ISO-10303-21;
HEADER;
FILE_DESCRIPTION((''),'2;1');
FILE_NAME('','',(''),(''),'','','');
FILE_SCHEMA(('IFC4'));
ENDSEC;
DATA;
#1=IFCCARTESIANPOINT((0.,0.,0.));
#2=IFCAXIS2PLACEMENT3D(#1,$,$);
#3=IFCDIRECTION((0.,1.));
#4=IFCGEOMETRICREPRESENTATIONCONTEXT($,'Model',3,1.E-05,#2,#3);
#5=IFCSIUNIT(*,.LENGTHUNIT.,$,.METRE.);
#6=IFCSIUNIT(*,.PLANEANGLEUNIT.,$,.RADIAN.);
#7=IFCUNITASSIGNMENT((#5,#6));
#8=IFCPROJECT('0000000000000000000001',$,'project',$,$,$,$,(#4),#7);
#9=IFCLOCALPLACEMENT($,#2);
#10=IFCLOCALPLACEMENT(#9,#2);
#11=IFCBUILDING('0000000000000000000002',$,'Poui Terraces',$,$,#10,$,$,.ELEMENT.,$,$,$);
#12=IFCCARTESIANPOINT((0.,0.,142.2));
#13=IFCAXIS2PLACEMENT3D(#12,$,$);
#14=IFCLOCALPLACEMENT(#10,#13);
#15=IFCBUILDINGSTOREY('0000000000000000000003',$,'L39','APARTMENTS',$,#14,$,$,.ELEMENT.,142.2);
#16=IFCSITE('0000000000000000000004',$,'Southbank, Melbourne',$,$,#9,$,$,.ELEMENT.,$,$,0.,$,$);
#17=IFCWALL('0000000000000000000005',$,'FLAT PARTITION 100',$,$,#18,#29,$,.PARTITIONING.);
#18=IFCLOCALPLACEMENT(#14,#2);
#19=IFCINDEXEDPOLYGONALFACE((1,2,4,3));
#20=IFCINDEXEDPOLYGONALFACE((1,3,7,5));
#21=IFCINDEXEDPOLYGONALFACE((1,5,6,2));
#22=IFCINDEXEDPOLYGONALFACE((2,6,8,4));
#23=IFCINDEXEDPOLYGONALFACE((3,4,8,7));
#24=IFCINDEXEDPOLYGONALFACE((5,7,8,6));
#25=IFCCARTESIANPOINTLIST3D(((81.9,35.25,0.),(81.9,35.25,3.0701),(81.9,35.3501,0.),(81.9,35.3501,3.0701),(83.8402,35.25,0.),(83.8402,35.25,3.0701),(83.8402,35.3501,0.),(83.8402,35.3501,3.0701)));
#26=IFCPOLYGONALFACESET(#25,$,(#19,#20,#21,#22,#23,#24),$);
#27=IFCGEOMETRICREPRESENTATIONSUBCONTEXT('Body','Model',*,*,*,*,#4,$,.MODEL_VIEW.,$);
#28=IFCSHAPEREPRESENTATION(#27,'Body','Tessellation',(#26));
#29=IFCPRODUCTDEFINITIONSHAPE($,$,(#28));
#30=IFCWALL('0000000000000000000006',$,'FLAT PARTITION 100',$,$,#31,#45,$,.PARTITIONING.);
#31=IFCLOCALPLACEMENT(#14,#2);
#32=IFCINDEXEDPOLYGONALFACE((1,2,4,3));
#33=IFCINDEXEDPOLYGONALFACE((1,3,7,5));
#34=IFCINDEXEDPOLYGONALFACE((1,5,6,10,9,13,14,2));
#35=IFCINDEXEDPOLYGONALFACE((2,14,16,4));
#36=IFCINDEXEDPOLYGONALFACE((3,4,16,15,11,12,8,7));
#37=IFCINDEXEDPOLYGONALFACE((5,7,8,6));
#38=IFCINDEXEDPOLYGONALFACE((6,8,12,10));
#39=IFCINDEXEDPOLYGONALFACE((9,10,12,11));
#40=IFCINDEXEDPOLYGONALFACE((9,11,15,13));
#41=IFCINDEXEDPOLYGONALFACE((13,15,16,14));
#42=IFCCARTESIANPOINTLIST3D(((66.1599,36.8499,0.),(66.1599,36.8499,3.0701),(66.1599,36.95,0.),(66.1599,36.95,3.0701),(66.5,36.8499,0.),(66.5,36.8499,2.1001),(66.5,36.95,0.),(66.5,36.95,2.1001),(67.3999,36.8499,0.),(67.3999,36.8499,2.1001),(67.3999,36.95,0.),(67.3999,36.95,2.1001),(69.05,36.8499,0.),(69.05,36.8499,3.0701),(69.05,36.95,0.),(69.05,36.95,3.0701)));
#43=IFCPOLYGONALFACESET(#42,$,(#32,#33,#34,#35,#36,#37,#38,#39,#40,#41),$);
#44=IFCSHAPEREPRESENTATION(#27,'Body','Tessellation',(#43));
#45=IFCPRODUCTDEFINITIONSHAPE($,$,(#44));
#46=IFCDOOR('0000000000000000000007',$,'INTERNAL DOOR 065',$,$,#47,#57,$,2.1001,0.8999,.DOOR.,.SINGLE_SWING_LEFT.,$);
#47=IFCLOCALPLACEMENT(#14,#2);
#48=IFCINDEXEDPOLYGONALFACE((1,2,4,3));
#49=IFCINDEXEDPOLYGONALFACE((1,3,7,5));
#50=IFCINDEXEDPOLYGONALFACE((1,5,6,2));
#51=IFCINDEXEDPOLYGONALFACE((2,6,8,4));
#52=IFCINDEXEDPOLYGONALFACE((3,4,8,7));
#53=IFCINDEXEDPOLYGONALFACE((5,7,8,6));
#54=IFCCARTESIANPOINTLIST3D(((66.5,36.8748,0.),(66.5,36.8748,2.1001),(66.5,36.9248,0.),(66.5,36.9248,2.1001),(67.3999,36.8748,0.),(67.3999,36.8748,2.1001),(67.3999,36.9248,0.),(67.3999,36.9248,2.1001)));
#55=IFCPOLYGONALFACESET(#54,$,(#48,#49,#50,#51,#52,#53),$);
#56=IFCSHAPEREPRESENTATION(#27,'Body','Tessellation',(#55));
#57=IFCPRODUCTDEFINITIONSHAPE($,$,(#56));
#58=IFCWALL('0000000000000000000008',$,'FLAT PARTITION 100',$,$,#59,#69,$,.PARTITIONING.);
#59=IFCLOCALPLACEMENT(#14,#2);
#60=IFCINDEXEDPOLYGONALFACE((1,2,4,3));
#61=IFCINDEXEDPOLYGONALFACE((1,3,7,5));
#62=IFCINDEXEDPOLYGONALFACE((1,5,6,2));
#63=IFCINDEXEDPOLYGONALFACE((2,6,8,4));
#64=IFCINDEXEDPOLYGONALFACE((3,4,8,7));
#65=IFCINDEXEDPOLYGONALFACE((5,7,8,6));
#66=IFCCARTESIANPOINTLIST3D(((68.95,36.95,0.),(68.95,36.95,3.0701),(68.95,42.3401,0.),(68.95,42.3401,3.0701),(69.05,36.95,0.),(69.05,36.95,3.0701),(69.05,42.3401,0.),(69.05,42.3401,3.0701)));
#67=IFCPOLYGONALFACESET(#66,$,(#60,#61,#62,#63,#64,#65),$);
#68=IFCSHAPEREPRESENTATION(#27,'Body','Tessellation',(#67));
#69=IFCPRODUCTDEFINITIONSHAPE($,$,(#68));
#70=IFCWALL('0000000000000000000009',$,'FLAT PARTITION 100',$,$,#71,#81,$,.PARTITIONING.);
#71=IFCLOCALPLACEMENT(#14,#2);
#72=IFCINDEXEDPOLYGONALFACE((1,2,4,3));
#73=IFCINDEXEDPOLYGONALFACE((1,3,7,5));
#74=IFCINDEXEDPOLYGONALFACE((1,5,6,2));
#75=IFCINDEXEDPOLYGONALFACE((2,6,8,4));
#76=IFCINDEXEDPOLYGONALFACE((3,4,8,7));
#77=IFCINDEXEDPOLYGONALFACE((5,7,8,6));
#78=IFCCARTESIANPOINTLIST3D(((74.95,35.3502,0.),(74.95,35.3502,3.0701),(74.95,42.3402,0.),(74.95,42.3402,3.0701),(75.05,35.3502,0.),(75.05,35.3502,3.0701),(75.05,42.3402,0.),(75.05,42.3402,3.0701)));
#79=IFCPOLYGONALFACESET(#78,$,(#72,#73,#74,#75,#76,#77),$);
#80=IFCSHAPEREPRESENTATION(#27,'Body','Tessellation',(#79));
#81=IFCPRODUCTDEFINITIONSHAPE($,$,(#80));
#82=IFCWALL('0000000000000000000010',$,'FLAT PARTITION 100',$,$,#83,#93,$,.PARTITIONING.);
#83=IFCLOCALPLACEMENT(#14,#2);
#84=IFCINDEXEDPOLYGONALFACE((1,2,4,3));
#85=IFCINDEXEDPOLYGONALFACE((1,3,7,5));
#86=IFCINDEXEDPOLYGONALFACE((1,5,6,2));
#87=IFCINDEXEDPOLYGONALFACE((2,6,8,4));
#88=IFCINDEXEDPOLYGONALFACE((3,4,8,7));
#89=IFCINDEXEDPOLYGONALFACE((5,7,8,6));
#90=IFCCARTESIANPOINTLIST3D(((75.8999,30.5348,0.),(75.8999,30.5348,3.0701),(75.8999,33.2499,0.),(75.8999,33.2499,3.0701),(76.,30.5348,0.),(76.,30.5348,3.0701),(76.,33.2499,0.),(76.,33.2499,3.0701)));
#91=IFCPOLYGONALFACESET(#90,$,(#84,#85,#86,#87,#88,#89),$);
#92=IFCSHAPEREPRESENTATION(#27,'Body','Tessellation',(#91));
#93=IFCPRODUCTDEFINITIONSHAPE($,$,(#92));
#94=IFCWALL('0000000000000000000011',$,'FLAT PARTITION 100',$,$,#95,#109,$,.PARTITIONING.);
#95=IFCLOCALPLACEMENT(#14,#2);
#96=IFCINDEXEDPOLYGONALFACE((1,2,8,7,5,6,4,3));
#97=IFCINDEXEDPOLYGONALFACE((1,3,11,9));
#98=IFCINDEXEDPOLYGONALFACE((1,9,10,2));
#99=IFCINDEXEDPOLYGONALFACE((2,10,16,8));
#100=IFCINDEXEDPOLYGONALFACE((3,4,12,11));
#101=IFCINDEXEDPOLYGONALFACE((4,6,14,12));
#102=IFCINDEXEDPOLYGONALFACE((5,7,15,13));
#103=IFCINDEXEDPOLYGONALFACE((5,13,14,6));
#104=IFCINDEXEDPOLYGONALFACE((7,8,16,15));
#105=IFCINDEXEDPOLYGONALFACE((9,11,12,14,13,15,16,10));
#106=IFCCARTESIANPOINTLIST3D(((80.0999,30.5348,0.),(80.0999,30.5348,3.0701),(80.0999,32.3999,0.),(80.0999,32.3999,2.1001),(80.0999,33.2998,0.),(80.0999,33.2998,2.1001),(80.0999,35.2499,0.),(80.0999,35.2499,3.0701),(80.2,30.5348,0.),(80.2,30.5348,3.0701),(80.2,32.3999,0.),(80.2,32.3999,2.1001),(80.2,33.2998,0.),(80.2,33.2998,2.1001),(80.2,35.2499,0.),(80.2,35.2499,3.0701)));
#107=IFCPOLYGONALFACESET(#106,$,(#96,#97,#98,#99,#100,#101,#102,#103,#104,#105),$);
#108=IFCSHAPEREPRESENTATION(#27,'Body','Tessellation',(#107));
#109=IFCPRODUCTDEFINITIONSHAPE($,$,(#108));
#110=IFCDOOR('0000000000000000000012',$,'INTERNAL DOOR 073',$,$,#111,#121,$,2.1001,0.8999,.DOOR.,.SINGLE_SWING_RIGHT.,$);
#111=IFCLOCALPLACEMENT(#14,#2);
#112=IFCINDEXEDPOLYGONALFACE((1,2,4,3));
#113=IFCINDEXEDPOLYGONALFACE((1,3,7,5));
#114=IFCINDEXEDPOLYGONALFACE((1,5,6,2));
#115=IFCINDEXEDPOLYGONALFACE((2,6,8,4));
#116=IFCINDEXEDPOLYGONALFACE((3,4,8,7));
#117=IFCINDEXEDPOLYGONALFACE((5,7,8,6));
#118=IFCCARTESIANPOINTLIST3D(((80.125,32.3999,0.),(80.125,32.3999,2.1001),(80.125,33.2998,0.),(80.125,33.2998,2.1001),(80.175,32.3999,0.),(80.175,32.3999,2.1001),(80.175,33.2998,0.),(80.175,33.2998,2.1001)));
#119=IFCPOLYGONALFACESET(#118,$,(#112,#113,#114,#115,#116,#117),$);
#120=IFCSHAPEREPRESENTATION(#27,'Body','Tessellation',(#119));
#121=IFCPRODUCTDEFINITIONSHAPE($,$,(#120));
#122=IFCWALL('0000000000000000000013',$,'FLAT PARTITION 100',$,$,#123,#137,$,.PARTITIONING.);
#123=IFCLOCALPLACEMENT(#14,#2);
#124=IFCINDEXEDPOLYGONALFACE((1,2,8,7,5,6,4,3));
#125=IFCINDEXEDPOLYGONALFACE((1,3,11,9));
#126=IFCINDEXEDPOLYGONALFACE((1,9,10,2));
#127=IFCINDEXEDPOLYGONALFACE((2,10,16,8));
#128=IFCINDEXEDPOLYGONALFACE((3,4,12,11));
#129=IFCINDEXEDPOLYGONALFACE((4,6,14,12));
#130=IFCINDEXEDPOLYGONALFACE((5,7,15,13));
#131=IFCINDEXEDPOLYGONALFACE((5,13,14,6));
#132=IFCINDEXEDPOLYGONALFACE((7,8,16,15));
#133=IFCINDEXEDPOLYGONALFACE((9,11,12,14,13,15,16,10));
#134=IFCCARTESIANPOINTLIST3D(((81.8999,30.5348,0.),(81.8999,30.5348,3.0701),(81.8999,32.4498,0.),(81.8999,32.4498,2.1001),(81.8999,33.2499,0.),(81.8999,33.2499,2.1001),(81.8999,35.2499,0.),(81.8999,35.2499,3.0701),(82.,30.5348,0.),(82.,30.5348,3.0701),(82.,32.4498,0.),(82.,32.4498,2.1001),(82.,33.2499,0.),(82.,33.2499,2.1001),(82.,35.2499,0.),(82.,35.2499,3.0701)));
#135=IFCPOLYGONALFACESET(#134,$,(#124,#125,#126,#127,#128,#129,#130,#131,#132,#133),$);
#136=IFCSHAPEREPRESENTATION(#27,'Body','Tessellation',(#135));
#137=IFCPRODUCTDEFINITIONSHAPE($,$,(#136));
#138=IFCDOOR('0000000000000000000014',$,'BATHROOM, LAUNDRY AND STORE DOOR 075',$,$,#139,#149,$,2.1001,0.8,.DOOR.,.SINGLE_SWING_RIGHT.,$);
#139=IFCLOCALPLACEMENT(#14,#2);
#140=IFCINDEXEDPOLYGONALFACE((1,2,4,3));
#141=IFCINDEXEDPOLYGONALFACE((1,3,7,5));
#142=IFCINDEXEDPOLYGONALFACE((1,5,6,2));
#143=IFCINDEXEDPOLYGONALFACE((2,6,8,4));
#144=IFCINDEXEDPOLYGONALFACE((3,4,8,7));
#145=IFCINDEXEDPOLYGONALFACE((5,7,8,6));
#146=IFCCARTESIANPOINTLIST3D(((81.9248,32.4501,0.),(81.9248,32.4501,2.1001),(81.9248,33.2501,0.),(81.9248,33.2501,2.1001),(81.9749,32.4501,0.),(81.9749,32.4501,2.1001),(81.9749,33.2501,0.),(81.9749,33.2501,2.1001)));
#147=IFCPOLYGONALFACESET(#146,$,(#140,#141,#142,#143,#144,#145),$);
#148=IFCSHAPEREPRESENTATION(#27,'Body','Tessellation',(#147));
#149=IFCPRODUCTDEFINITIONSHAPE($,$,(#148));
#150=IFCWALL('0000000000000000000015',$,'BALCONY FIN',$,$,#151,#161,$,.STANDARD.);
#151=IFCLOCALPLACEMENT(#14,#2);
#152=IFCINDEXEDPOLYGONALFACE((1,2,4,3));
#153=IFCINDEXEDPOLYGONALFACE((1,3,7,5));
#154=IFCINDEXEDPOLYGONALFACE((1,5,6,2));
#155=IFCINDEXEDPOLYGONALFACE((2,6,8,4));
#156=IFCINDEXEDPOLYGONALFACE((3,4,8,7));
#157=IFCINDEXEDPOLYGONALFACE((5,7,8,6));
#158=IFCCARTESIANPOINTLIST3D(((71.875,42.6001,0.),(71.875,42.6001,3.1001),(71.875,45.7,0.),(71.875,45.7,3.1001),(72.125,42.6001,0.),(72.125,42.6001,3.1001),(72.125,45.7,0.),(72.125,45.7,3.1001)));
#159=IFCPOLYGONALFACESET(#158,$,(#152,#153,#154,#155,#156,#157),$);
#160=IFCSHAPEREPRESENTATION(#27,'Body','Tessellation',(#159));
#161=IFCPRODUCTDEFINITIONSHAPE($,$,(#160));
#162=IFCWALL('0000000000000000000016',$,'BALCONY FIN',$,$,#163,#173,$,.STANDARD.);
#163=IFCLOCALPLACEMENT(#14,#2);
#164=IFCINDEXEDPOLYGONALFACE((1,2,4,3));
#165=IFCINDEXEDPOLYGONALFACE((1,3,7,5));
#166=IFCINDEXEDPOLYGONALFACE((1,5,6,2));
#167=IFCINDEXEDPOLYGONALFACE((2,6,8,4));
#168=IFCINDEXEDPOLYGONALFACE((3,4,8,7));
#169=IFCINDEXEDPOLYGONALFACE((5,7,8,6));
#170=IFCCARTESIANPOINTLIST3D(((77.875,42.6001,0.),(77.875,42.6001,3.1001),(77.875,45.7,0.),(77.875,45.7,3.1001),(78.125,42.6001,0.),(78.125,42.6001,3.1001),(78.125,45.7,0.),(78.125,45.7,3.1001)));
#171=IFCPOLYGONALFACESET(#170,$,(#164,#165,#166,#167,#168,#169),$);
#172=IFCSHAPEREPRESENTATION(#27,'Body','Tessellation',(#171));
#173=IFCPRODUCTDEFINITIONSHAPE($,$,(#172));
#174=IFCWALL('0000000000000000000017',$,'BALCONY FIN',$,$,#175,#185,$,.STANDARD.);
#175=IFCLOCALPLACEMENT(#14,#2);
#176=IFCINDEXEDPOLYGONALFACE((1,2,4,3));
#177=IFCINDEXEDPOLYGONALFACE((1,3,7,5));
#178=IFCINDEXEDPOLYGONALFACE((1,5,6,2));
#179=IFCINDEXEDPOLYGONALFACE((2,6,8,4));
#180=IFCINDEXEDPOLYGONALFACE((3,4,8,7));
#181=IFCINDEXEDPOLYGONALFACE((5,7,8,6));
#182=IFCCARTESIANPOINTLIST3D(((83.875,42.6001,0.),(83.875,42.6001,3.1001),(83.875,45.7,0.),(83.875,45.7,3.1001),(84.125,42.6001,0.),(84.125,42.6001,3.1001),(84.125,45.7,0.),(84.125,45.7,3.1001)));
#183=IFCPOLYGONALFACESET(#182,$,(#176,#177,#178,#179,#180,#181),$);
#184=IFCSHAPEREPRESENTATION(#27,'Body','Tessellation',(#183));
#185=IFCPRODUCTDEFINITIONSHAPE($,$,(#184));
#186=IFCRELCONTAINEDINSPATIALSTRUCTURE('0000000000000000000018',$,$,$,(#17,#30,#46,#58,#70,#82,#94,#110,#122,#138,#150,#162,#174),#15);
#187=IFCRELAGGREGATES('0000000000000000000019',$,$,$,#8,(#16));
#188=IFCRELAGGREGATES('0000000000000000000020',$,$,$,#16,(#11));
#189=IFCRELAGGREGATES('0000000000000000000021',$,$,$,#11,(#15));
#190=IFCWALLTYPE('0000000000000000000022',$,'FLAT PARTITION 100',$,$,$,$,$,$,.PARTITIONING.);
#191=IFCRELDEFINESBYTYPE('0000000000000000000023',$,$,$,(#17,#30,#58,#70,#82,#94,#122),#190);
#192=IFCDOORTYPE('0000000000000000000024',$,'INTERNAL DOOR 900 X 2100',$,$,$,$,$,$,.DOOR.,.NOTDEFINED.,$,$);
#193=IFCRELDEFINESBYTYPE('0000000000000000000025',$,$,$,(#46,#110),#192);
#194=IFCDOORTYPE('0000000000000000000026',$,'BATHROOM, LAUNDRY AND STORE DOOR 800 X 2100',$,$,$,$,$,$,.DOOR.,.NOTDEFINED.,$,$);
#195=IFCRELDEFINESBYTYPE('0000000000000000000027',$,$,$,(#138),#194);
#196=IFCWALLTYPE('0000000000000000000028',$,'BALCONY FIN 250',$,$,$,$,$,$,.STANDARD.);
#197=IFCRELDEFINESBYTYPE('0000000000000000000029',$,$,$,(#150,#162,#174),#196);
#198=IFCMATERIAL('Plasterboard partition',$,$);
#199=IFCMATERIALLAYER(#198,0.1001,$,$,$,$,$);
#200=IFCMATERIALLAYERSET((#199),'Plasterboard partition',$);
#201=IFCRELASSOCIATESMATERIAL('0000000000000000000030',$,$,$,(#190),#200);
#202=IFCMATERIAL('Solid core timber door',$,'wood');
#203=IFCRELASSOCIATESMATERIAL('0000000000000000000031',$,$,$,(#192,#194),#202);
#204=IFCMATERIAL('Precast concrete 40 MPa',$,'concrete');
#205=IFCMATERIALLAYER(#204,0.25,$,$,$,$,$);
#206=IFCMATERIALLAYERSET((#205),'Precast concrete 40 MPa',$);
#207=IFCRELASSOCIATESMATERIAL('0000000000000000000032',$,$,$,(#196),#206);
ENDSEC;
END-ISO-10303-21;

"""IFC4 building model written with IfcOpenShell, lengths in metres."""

from ifc_helpers import new_model, si_unit, direction, frame, frame_2d, origin, place, context, subcontext, project, spatial, polyline, rectangle, outline, extrude, source, transform, mapped, material, layer, layer_set, type_object, element, fill, save


model = new_model("IFC4")

# Units and contexts
model_context = context("Model", 3, precision=1e-05, world=origin(), true_north=direction((0.0, 1.0)))
body_context = subcontext(model_context, "Body", "Model", "MODEL_VIEW")
ifc_project = project(units=[si_unit("LENGTHUNIT", "METRE"), si_unit("PLANEANGLEUNIT", "RADIAN")], contexts=[model_context])

# Site, building, storey
site_placement = place(None, origin())
site = spatial("IfcSite", under=ifc_project, at=site_placement, Name="Southbank, Melbourne", CompositionType="ELEMENT", RefElevation=0.0)
building_placement = place(site_placement, origin())
building = spatial("IfcBuilding", under=site, at=building_placement, Name="Poui Terraces", CompositionType="ELEMENT")
storey_placement = place(building_placement, frame((0.0, 0.0, 142.2)))
storey = spatial("IfcBuildingStorey", under=building, at=storey_placement, Name="L39", Description="APARTMENTS", CompositionType="ELEMENT", Elevation=142.2)

# Shared definitions
ifc_material_1 = material(Name="Plasterboard partition")
ifc_layer_1 = layer(ifc_material_1, 0.1001)
ifc_layer_set_1 = layer_set([ifc_layer_1], Name="Plasterboard partition")
wall_type_1 = type_object("IfcWallType", Name="FLAT PARTITION 100", PredefinedType="PARTITIONING", material=ifc_layer_set_1)
ifc_material_2 = material(Name="Solid core timber door", Category="wood")
door_type_1 = type_object("IfcDoorType", Name="INTERNAL DOOR 900 X 2100", OperationType="NOTDEFINED", PredefinedType="DOOR", material=ifc_material_2)
door_type_2 = type_object("IfcDoorType", Name="BATHROOM, LAUNDRY AND STORE DOOR 800 X 2100", OperationType="NOTDEFINED", PredefinedType="DOOR", material=ifc_material_2)

# Wall
wall_1_placement = place(storey_placement, frame((81.8999, 35.3, 0.0), z_axis=(0.0, 0.0, 1.0), x_axis=(1.0, 0.0, 0.0)))
element("IfcWall", 1, at=wall_1_placement, inside=storey, type_object=wall_type_1, Name="FLAT PARTITION 100", PredefinedType="PARTITIONING", context=body_context, shape_type="SweptSolid", body=[
    extrude(rectangle(XDim=1.9402, YDim=0.1001, at=frame_2d((0.9702, 0.0))), origin(), (0.0, 0.0, 1.0), 3.0701),
])

# Wall, opening, door
wall_2_placement = place(storey_placement, frame((66.1599, 36.8999, 0.0), z_axis=(0.0, 0.0, 1.0), x_axis=(1.0, 0.0, 0.0)))
wall_2 = element("IfcWall", 2, at=wall_2_placement, inside=storey, type_object=wall_type_1, Name="FLAT PARTITION 100", PredefinedType="PARTITIONING", context=body_context, shape_type="SweptSolid", body=[
    extrude(rectangle(XDim=2.8901, YDim=0.1001, at=frame_2d((1.4451, 0.0))), origin(), (0.0, 0.0, 1.0), 3.0701),
])
opening_1_placement = place(wall_2_placement, frame((0.3401, 0.0, 0.0)))
opening_1 = element("IfcOpeningElement", 3, at=opening_1_placement, cuts=wall_2, PredefinedType="OPENING", context=body_context, shape_type="SweptSolid", body=[
    extrude(rectangle(XDim=0.8999, YDim=2.1001, at=frame_2d((0.45, 1.05))), frame((0.0, 0.0601, 0.0), z_axis=(0.0, -1.0, 0.0), x_axis=(1.0, 0.0, 0.0)), (0.0, 0.0, 1.0), 0.1201),
])
door_1_placement = place(opening_1_placement, origin())
door_1 = element("IfcDoor", 4, at=door_1_placement, inside=storey, type_object=door_type_1, Name="INTERNAL DOOR 065", OperationType="SINGLE_SWING_LEFT", OverallHeight=2.1001, OverallWidth=0.8999, PredefinedType="DOOR", context=body_context, shape_type="SweptSolid", body=[
    extrude(rectangle(XDim=0.8999, YDim=2.1001, at=frame_2d((0.45, 1.05))), frame((0.0, 0.0249, 0.0), z_axis=(0.0, -1.0, 0.0), x_axis=(1.0, 0.0, 0.0)), (0.0, 0.0, 1.0), 0.05),
])
fill(opening_1, door_1)

# Walls
wall_3_placement = place(storey_placement, frame((69.0, 36.95, 0.0), z_axis=(0.0, 0.0, 1.0), x_axis=(0.0, 1.0, 0.0)))
element("IfcWall", 5, at=wall_3_placement, inside=storey, type_object=wall_type_1, Name="FLAT PARTITION 100", PredefinedType="PARTITIONING", context=body_context, shape_type="SweptSolid", body=[
    extrude(rectangle(XDim=5.3901, YDim=0.1001, at=frame_2d((2.6951, 0.0))), origin(), (0.0, 0.0, 1.0), 3.0701),
])
wall_4_placement = place(storey_placement, frame((75.0, 35.3501, 0.0), z_axis=(0.0, 0.0, 1.0), x_axis=(0.0, 1.0, 0.0)))
element("IfcWall", 6, at=wall_4_placement, inside=storey, type_object=wall_type_1, Name="FLAT PARTITION 100", PredefinedType="PARTITIONING", context=body_context, shape_type="SweptSolid", body=[
    extrude(rectangle(XDim=6.99, YDim=0.1001, at=frame_2d((3.4951, 0.0))), origin(), (0.0, 0.0, 1.0), 3.0701),
])
wall_5_placement = place(storey_placement, frame((75.95, 30.5349, 0.0), z_axis=(0.0, 0.0, 1.0), x_axis=(0.0, 1.0, 0.0)))
element("IfcWall", 7, at=wall_5_placement, inside=storey, type_object=wall_type_1, Name="FLAT PARTITION 100", PredefinedType="PARTITIONING", context=body_context, shape_type="SweptSolid", body=[
    extrude(rectangle(XDim=2.7151, YDim=0.1001, at=frame_2d((1.3574, 0.0))), origin(), (0.0, 0.0, 1.0), 3.0701),
])

# Walls, openings, doors
wall_6_placement = place(storey_placement, frame((80.1499, 30.5349, 0.0), z_axis=(0.0, 0.0, 1.0), x_axis=(0.0, 1.0, 0.0)))
wall_6 = element("IfcWall", 8, at=wall_6_placement, inside=storey, type_object=wall_type_1, Name="FLAT PARTITION 100", PredefinedType="PARTITIONING", context=body_context, shape_type="SweptSolid", body=[
    extrude(rectangle(XDim=4.7151, YDim=0.1001, at=frame_2d((2.3574, 0.0))), origin(), (0.0, 0.0, 1.0), 3.0701),
])
opening_2_placement = place(wall_6_placement, frame((1.865, 0.0, 0.0)))
opening_2 = element("IfcOpeningElement", 9, at=opening_2_placement, cuts=wall_6, PredefinedType="OPENING", context=body_context, shape_type="SweptSolid", body=[
    extrude(rectangle(XDim=0.8999, YDim=2.1001, at=frame_2d((0.45, 1.05))), frame((0.0, 0.0601, 0.0), z_axis=(0.0, -1.0, 0.0), x_axis=(1.0, 0.0, 0.0)), (0.0, 0.0, 1.0), 0.1201),
])
door_2_placement = place(opening_2_placement, origin())
door_2 = element("IfcDoor", 10, at=door_2_placement, inside=storey, type_object=door_type_1, Name="INTERNAL DOOR 073", OperationType="SINGLE_SWING_RIGHT", OverallHeight=2.1001, OverallWidth=0.8999, PredefinedType="DOOR", context=body_context, shape_type="SweptSolid", body=[
    extrude(rectangle(XDim=0.8999, YDim=2.1001, at=frame_2d((0.45, 1.05))), frame((0.0, 0.0249, 0.0), z_axis=(0.0, -1.0, 0.0), x_axis=(1.0, 0.0, 0.0)), (0.0, 0.0, 1.0), 0.05),
])
fill(opening_2, door_2)
wall_7_placement = place(storey_placement, frame((81.95, 30.5349, 0.0), z_axis=(0.0, 0.0, 1.0), x_axis=(0.0, 1.0, 0.0)))
wall_7 = element("IfcWall", 11, at=wall_7_placement, inside=storey, type_object=wall_type_1, Name="FLAT PARTITION 100", PredefinedType="PARTITIONING", context=body_context, shape_type="SweptSolid", body=[
    extrude(rectangle(XDim=4.7151, YDim=0.1001, at=frame_2d((2.3574, 0.0))), origin(), (0.0, 0.0, 1.0), 3.0701),
])
opening_3_placement = place(wall_7_placement, frame((1.915, 0.0, 0.0)))
opening_3 = element("IfcOpeningElement", 12, at=opening_3_placement, cuts=wall_7, PredefinedType="OPENING", context=body_context, shape_type="SweptSolid", body=[
    extrude(rectangle(XDim=0.8, YDim=2.1001, at=frame_2d((0.3999, 1.05))), frame((0.0, 0.0601, 0.0), z_axis=(0.0, -1.0, 0.0), x_axis=(1.0, 0.0, 0.0)), (0.0, 0.0, 1.0), 0.1201),
])
door_3_placement = place(opening_3_placement, frame((0.8, 0.0, 0.0), z_axis=(0.0, 0.0, 1.0), x_axis=(-1.0, 0.0, 0.0)))
door_3 = element("IfcDoor", 13, at=door_3_placement, inside=storey, type_object=door_type_2, Name="BATHROOM, LAUNDRY AND STORE DOOR 075", OperationType="SINGLE_SWING_RIGHT", OverallHeight=2.1001, OverallWidth=0.8, PredefinedType="DOOR", context=body_context, shape_type="SweptSolid", body=[
    extrude(rectangle(XDim=0.8, YDim=2.1001, at=frame_2d((0.3999, 1.05))), frame((0.0, 0.0249, 0.0), z_axis=(0.0, -1.0, 0.0), x_axis=(1.0, 0.0, 0.0)), (0.0, 0.0, 1.0), 0.05),
])
fill(opening_3, door_3)

# Walls
ifc_material_3 = material(Name="Precast concrete 40 MPa", Category="concrete")
ifc_layer_2 = layer(ifc_material_3, 0.25)
ifc_layer_set_2 = layer_set([ifc_layer_2], Name="Precast concrete 40 MPa")
wall_type_2 = type_object("IfcWallType", Name="BALCONY FIN 250", PredefinedType="STANDARD", material=ifc_layer_set_2)
shared_shape_1 = source(origin(), body_context, "Body", "SweptSolid", [
    extrude(outline(polyline([(0.0, 0.0), (0.25, 0.0), (0.25, 3.0999), (0.0, 3.0999), (0.0, 0.0)])), origin(), (0.0, 0.0, 1.0), 3.1001),
])
for number, where, name in (
    (14, (71.875, 42.6001, 0.0), "BALCONY FIN"),
    (15, (77.875, 42.6001, 0.0), "BALCONY FIN"),
    (16, (83.875, 42.6001, 0.0), "BALCONY FIN"),
):
    element("IfcWall", number, at=place(storey_placement, frame(where)), inside=storey, type_object=wall_type_2, Name=name, PredefinedType="STANDARD", context=body_context, shape_type="MappedRepresentation", body=[
        mapped(shared_shape_1, transform((0.0, 0.0, 0.0))),
    ])

save(model, "model.ifc")
